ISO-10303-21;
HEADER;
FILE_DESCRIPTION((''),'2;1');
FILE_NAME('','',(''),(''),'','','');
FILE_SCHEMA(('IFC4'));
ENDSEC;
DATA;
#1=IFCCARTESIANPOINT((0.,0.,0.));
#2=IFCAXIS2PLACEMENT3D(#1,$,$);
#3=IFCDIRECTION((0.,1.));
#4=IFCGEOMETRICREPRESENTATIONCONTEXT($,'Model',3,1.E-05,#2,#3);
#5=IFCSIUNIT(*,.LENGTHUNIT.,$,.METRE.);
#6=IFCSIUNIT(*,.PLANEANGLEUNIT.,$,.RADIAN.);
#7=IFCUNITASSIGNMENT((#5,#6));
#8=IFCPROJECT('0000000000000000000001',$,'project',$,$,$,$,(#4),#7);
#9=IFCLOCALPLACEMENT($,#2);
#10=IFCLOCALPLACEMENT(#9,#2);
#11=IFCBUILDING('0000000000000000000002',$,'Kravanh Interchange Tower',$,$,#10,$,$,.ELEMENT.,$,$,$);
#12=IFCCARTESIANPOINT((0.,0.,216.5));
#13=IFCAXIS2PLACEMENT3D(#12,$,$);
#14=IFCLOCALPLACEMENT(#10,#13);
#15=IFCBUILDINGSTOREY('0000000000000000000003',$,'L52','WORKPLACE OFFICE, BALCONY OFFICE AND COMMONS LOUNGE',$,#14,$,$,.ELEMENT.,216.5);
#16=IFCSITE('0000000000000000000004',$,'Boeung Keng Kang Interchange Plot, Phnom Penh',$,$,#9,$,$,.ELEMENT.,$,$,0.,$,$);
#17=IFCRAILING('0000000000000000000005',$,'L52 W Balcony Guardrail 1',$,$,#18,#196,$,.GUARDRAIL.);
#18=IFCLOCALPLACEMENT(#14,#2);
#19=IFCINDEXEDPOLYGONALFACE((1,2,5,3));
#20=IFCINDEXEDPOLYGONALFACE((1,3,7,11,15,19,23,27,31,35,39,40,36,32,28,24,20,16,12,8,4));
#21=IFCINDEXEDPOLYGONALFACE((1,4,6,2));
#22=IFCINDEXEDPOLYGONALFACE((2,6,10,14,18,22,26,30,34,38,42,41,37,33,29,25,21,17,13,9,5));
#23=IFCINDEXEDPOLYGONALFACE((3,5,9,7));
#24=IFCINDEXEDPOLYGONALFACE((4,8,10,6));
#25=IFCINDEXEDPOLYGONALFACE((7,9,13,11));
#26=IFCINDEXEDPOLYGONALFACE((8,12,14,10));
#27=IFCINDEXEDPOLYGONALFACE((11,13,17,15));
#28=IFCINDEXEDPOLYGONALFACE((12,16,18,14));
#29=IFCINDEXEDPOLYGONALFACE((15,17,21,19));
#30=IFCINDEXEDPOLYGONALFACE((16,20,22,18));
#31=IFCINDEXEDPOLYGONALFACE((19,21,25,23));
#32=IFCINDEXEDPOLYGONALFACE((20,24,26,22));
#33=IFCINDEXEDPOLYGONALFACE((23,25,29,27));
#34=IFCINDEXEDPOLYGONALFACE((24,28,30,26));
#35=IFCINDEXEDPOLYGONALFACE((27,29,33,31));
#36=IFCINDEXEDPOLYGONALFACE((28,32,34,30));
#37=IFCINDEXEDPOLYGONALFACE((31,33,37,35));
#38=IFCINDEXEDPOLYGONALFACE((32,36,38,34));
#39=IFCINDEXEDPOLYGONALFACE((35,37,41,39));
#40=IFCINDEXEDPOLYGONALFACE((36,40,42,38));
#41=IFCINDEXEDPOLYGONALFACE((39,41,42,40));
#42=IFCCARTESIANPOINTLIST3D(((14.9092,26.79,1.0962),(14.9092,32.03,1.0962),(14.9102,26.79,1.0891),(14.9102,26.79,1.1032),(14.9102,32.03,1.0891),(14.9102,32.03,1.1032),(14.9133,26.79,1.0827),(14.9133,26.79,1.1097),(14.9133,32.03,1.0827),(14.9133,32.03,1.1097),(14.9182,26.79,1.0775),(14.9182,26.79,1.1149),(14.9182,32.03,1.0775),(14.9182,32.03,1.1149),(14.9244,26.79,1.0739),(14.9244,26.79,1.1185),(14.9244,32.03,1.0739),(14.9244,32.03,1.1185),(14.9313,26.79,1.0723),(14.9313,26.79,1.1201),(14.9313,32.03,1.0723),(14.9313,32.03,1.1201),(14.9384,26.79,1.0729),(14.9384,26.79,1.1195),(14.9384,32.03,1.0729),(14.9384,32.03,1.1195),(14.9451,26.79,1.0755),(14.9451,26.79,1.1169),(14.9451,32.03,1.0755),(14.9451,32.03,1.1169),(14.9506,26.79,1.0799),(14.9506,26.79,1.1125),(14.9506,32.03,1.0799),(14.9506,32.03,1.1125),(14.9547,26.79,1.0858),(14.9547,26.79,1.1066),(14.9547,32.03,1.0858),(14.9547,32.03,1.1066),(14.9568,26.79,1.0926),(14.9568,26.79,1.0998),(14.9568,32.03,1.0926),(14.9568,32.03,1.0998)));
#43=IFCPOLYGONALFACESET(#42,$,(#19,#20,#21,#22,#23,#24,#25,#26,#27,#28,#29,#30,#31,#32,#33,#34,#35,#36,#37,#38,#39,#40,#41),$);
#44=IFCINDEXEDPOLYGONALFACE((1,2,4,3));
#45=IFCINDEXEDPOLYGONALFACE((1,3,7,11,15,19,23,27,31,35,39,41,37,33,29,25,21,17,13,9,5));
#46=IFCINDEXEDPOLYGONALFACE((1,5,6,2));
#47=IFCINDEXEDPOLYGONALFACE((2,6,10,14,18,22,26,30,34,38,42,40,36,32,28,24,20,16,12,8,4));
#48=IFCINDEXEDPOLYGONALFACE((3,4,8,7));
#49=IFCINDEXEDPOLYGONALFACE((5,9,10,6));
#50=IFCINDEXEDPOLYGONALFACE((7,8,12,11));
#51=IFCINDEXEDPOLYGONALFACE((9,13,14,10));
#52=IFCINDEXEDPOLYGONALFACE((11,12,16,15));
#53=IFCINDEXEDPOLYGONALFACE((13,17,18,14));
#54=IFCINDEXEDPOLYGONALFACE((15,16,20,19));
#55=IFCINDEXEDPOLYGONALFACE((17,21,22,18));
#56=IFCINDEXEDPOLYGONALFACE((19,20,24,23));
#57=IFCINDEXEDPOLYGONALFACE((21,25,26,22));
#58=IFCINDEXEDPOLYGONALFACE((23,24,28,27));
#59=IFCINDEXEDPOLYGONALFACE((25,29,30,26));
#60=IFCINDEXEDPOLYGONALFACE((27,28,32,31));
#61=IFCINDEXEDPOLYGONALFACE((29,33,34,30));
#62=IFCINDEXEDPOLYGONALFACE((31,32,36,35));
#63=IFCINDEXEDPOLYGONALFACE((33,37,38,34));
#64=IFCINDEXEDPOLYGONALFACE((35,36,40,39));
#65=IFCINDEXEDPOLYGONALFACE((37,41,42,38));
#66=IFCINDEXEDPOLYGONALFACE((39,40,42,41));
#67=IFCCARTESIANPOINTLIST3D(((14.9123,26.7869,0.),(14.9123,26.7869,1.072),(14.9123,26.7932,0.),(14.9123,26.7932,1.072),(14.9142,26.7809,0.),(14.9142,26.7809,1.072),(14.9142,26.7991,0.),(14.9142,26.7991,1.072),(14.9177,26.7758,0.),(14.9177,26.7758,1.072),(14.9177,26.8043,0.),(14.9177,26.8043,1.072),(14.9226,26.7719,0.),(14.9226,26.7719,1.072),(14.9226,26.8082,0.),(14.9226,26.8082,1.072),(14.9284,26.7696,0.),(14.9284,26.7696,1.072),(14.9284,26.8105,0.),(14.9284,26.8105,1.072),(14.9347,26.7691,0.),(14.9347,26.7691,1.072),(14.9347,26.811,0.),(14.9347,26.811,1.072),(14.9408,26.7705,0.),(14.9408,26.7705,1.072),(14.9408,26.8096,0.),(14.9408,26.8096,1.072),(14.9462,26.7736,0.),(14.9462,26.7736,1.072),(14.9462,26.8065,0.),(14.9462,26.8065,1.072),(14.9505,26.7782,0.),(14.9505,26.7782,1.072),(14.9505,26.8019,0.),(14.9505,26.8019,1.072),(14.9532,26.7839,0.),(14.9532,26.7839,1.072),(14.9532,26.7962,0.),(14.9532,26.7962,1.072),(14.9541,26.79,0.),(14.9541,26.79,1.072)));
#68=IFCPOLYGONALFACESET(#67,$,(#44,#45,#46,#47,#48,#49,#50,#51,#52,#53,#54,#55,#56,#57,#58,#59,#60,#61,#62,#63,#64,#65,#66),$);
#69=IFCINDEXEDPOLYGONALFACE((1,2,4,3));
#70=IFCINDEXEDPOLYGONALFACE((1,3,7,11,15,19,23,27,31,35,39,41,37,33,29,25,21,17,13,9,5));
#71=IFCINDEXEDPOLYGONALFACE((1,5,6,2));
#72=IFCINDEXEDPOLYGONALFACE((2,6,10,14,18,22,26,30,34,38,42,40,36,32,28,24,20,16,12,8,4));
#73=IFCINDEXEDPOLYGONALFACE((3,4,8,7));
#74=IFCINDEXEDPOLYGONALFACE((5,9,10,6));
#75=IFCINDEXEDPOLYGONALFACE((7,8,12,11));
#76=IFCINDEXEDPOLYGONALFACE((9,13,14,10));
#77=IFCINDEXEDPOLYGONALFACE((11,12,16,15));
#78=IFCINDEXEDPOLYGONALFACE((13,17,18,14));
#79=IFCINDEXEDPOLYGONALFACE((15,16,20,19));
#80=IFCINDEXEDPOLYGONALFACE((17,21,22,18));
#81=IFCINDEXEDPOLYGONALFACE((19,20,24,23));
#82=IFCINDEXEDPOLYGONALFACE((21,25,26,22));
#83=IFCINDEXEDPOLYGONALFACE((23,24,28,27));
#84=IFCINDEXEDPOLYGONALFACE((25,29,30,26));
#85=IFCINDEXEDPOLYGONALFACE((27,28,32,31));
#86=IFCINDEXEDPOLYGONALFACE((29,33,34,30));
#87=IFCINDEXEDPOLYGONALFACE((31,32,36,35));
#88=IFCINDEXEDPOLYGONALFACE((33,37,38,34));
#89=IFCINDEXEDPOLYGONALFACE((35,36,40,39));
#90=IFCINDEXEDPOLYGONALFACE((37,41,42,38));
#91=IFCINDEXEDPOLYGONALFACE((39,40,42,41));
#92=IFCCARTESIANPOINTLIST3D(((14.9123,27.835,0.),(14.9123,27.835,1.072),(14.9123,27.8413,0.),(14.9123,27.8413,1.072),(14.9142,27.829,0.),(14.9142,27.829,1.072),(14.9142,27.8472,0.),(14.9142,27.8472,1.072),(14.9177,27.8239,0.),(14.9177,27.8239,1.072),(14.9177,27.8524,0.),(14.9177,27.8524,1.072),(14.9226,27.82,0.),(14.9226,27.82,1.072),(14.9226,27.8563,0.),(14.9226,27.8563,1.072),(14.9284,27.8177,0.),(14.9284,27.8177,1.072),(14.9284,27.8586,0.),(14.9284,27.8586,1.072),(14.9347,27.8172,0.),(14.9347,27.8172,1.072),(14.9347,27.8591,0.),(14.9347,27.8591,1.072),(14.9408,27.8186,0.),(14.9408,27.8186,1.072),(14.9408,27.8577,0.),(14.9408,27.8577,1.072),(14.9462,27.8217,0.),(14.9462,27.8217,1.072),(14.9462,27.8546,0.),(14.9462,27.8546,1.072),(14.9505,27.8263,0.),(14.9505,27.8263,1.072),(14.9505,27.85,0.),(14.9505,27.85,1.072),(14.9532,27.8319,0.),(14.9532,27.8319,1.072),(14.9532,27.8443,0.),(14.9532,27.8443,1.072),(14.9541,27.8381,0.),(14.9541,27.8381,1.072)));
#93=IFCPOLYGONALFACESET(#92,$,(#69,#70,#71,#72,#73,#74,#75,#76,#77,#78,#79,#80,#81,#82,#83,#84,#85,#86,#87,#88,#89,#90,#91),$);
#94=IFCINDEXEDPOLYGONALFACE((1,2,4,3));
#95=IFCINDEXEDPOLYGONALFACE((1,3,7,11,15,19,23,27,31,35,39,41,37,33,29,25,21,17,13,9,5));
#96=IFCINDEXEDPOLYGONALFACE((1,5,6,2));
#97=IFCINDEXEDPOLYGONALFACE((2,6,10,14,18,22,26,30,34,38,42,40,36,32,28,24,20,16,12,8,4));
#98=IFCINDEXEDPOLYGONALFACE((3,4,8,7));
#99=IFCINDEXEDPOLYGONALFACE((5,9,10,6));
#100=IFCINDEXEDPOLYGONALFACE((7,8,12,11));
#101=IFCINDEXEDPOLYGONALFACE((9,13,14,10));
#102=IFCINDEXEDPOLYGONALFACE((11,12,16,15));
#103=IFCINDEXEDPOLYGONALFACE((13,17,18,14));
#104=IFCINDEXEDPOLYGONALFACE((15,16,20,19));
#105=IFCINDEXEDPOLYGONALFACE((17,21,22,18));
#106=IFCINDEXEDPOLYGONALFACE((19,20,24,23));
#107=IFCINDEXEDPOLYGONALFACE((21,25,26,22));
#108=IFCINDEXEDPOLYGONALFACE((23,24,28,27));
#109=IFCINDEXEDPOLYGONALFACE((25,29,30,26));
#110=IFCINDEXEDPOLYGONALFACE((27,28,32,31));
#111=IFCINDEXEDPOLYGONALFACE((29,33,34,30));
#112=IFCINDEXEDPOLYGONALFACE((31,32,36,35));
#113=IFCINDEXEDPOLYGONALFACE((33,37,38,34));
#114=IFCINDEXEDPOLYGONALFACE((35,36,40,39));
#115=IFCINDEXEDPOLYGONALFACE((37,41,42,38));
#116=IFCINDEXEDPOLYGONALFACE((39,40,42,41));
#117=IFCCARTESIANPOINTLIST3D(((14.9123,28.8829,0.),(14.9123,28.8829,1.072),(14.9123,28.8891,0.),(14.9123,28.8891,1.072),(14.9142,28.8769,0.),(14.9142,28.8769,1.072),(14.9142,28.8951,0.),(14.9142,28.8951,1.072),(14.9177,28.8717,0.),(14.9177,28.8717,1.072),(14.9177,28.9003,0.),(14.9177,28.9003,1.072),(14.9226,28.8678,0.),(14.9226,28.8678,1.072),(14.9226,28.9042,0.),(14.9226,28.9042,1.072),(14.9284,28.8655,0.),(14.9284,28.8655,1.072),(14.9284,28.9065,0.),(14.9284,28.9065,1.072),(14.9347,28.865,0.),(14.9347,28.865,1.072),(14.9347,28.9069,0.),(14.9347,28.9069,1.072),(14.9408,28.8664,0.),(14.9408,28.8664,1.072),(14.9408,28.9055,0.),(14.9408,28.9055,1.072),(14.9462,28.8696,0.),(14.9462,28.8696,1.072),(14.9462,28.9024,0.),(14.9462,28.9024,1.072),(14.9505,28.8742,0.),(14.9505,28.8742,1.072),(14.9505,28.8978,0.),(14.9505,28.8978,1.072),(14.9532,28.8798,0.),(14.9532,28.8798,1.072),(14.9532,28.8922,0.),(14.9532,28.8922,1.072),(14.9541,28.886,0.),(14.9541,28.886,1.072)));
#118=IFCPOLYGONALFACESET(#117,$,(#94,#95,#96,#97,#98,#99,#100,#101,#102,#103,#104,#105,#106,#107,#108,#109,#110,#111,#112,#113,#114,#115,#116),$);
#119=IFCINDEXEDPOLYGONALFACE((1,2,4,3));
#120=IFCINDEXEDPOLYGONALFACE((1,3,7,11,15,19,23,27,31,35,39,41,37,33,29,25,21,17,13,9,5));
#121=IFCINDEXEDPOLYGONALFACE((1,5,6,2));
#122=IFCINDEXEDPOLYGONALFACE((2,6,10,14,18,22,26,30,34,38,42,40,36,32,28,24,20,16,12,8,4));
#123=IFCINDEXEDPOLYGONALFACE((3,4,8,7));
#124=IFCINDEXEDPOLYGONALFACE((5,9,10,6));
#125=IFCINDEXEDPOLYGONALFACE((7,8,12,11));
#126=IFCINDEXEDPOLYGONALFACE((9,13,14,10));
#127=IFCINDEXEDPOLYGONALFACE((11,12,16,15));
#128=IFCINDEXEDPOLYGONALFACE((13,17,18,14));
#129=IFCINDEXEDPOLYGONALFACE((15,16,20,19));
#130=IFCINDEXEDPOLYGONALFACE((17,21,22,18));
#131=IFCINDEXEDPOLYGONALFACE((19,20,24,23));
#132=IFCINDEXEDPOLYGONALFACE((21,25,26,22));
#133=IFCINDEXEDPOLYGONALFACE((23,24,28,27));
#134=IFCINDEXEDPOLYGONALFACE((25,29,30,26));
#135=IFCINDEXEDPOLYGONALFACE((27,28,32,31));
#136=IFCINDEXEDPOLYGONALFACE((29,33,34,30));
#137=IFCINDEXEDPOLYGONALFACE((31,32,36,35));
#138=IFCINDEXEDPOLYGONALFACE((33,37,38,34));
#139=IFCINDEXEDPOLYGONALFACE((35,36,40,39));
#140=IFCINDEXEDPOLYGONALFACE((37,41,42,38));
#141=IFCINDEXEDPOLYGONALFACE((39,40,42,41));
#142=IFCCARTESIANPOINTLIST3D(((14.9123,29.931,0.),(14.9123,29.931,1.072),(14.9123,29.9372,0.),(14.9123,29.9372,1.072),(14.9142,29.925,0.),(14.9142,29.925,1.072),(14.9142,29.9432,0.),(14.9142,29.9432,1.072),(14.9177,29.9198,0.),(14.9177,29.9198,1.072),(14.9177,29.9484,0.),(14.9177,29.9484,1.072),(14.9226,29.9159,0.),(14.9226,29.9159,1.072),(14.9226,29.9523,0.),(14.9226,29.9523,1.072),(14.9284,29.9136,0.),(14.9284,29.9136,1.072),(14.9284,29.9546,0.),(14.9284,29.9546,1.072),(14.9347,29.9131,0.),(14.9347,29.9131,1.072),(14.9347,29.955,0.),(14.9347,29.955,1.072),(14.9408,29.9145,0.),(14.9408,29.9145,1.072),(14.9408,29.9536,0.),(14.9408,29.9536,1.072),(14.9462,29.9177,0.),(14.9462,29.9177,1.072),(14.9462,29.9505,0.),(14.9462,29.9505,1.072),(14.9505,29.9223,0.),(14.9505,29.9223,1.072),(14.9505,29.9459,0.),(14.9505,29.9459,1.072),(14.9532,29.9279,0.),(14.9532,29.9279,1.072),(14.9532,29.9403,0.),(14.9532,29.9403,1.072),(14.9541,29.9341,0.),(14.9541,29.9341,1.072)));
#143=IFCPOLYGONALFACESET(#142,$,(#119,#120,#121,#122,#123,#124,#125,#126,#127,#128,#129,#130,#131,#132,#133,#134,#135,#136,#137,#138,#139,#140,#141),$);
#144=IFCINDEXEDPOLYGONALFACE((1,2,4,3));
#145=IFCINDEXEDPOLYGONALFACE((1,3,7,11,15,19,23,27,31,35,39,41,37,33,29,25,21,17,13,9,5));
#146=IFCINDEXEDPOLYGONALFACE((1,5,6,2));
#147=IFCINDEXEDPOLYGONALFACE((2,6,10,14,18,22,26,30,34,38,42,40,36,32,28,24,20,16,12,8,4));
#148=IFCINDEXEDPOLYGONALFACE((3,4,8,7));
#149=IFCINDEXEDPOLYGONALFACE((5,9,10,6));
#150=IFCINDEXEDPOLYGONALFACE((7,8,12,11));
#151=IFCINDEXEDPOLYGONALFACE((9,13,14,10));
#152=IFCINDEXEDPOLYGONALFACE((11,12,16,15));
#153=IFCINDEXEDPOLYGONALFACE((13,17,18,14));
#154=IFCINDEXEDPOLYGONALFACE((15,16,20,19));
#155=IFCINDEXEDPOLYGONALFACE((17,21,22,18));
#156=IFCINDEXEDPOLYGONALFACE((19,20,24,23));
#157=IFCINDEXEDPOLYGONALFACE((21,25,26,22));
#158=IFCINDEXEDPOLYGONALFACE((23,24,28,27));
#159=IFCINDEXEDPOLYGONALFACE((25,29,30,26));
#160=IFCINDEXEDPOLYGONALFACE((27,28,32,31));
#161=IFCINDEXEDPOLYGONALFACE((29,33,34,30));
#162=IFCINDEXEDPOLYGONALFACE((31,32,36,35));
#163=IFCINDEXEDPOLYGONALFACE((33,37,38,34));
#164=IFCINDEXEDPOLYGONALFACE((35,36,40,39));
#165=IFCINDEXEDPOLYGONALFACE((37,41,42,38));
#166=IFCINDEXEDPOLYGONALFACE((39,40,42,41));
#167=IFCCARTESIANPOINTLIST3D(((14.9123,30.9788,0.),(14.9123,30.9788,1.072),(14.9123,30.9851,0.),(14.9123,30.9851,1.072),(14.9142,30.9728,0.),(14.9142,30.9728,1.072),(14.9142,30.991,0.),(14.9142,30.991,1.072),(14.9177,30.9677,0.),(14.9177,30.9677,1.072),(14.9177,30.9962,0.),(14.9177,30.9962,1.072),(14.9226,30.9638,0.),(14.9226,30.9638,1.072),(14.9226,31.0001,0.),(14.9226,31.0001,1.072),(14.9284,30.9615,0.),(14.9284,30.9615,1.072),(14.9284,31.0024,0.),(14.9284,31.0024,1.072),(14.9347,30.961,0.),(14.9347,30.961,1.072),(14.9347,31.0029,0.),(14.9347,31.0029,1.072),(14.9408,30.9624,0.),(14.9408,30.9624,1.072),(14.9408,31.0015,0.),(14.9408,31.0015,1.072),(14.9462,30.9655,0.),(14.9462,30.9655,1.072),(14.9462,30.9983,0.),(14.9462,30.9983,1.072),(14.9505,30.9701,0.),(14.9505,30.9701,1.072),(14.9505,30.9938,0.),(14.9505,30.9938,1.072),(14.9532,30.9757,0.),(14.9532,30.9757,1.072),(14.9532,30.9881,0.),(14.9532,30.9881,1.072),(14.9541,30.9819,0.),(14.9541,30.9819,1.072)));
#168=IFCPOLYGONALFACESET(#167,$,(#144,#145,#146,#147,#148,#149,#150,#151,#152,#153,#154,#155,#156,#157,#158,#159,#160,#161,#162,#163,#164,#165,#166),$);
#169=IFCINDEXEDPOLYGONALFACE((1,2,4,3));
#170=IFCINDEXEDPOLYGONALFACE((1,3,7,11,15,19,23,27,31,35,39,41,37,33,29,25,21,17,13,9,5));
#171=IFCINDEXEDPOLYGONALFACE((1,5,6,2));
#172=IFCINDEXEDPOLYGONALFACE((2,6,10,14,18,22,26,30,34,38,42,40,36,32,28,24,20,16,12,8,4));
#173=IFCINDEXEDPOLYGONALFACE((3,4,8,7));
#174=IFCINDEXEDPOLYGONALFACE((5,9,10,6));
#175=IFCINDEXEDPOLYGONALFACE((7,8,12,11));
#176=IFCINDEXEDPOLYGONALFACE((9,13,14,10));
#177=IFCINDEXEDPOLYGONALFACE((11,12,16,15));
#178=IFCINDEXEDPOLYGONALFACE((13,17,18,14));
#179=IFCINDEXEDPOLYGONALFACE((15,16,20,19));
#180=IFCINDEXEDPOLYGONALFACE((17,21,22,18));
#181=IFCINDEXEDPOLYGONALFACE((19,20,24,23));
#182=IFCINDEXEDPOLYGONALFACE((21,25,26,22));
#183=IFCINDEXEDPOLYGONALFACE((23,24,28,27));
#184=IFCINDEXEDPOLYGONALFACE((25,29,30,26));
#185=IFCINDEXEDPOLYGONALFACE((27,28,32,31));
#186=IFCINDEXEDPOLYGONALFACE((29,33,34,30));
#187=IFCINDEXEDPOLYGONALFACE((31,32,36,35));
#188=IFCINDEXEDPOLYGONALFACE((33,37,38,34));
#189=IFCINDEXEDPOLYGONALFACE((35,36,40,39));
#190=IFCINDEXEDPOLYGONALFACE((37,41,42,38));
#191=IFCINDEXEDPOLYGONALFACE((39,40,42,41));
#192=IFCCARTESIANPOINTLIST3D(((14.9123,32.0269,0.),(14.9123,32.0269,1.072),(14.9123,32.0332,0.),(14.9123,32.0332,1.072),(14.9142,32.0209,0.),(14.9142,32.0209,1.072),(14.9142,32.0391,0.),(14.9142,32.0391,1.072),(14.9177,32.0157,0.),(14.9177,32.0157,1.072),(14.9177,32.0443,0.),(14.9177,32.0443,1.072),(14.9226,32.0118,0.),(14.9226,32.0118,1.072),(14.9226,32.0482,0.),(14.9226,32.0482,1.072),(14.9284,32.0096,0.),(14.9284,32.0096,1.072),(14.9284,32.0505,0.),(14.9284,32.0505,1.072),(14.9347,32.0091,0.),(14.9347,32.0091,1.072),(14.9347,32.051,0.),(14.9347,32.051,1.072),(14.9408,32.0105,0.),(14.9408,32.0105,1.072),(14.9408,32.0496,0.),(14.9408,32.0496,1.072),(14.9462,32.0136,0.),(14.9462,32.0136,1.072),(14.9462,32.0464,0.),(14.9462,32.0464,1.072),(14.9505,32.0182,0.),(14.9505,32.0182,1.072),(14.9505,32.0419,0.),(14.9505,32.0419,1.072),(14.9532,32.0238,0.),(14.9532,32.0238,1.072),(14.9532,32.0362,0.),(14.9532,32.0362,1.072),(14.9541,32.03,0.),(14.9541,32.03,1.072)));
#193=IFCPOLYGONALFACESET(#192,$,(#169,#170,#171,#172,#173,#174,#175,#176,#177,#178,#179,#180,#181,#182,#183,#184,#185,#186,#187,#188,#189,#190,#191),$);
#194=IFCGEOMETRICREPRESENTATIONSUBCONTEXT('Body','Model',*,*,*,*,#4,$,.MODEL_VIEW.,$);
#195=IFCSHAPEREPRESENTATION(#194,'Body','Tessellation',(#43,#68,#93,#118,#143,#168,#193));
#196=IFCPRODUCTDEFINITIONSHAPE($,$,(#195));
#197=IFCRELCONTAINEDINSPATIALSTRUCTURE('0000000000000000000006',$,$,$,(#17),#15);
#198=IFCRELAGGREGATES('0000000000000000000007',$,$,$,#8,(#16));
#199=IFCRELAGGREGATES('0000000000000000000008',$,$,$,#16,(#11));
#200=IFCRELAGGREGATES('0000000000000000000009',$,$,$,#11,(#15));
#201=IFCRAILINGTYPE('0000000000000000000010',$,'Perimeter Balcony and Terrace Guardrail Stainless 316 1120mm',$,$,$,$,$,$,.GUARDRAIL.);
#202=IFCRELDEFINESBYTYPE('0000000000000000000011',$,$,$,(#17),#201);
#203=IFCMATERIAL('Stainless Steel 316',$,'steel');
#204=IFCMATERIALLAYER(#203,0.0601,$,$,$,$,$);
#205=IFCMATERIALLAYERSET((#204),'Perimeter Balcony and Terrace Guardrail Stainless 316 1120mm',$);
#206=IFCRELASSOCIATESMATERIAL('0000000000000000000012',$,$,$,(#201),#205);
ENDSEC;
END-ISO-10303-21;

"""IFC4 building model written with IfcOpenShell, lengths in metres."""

from ifc_helpers import new_model, si_unit, direction, frame, origin, origin_2d, place, context, subcontext, project, spatial, circle, extrude, material, layer, layer_set, type_object, element, save


model = new_model("IFC4")

# Units and contexts
model_context = context("Model", 3, precision=1e-05, world=origin(), true_north=direction((0.0, 1.0)))
body_context = subcontext(model_context, "Body", "Model", "MODEL_VIEW")
ifc_project = project(units=[si_unit("LENGTHUNIT", "METRE"), si_unit("PLANEANGLEUNIT", "RADIAN")], contexts=[model_context])

# Site, building, storey
site_placement = place(None, origin())
site = spatial("IfcSite", under=ifc_project, at=site_placement, Name="Boeung Keng Kang Interchange Plot, Phnom Penh", CompositionType="ELEMENT", RefElevation=0.0)
building_placement = place(site_placement, origin())
building = spatial("IfcBuilding", under=site, at=building_placement, Name="Kravanh Interchange Tower", CompositionType="ELEMENT")
storey_placement = place(building_placement, frame((0.0, 0.0, 216.5)))
storey = spatial("IfcBuildingStorey", under=building, at=storey_placement, Name="L52", Description="WORKPLACE OFFICE, BALCONY OFFICE AND COMMONS LOUNGE", CompositionType="ELEMENT", Elevation=216.5)

# Railing
ifc_material_1 = material(Name="Stainless Steel 316", Category="steel")
ifc_layer_1 = layer(ifc_material_1, 0.0601)
ifc_layer_set_1 = layer_set([ifc_layer_1], Name="Perimeter Balcony and Terrace Guardrail Stainless 316 1120mm")
railing_type = type_object("IfcRailingType", Name="Perimeter Balcony and Terrace Guardrail Stainless 316 1120mm", PredefinedType="GUARDRAIL", material=ifc_layer_set_1)
railing_1_placement = place(storey_placement, frame((14.9331, 26.79, 0.0)))
element("IfcRailing", 1, at=railing_1_placement, inside=storey, type_object=railing_type, Name="L52 W Balcony Guardrail 1", PredefinedType="GUARDRAIL", context=body_context, shape_type="SweptSolid", body=[
    extrude(circle(Radius=0.0239, at=origin_2d()), frame((0.0, 0.0, 1.0962), z_axis=(0.0, 1.0, 0.0), x_axis=(-1.0, 0.0, 0.0)), (0.0, 0.0, 1.0), 5.24),
    extrude(circle(Radius=0.021, at=origin_2d()), origin(), (0.0, 0.0, 1.0), 1.072),
    extrude(circle(Radius=0.021, at=origin_2d()), frame((0.0, 1.0481, 0.0)), (0.0, 0.0, 1.0), 1.072),
    extrude(circle(Radius=0.021, at=origin_2d()), frame((0.0, 2.0959, 0.0)), (0.0, 0.0, 1.0), 1.072),
    extrude(circle(Radius=0.021, at=origin_2d()), frame((0.0, 3.144, 0.0)), (0.0, 0.0, 1.0), 1.072),
    extrude(circle(Radius=0.021, at=origin_2d()), frame((0.0, 4.1919, 0.0)), (0.0, 0.0, 1.0), 1.072),
    extrude(circle(Radius=0.021, at=origin_2d()), frame((0.0, 5.24, 0.0)), (0.0, 0.0, 1.0), 1.072),
])

save(model, "model.ifc")
